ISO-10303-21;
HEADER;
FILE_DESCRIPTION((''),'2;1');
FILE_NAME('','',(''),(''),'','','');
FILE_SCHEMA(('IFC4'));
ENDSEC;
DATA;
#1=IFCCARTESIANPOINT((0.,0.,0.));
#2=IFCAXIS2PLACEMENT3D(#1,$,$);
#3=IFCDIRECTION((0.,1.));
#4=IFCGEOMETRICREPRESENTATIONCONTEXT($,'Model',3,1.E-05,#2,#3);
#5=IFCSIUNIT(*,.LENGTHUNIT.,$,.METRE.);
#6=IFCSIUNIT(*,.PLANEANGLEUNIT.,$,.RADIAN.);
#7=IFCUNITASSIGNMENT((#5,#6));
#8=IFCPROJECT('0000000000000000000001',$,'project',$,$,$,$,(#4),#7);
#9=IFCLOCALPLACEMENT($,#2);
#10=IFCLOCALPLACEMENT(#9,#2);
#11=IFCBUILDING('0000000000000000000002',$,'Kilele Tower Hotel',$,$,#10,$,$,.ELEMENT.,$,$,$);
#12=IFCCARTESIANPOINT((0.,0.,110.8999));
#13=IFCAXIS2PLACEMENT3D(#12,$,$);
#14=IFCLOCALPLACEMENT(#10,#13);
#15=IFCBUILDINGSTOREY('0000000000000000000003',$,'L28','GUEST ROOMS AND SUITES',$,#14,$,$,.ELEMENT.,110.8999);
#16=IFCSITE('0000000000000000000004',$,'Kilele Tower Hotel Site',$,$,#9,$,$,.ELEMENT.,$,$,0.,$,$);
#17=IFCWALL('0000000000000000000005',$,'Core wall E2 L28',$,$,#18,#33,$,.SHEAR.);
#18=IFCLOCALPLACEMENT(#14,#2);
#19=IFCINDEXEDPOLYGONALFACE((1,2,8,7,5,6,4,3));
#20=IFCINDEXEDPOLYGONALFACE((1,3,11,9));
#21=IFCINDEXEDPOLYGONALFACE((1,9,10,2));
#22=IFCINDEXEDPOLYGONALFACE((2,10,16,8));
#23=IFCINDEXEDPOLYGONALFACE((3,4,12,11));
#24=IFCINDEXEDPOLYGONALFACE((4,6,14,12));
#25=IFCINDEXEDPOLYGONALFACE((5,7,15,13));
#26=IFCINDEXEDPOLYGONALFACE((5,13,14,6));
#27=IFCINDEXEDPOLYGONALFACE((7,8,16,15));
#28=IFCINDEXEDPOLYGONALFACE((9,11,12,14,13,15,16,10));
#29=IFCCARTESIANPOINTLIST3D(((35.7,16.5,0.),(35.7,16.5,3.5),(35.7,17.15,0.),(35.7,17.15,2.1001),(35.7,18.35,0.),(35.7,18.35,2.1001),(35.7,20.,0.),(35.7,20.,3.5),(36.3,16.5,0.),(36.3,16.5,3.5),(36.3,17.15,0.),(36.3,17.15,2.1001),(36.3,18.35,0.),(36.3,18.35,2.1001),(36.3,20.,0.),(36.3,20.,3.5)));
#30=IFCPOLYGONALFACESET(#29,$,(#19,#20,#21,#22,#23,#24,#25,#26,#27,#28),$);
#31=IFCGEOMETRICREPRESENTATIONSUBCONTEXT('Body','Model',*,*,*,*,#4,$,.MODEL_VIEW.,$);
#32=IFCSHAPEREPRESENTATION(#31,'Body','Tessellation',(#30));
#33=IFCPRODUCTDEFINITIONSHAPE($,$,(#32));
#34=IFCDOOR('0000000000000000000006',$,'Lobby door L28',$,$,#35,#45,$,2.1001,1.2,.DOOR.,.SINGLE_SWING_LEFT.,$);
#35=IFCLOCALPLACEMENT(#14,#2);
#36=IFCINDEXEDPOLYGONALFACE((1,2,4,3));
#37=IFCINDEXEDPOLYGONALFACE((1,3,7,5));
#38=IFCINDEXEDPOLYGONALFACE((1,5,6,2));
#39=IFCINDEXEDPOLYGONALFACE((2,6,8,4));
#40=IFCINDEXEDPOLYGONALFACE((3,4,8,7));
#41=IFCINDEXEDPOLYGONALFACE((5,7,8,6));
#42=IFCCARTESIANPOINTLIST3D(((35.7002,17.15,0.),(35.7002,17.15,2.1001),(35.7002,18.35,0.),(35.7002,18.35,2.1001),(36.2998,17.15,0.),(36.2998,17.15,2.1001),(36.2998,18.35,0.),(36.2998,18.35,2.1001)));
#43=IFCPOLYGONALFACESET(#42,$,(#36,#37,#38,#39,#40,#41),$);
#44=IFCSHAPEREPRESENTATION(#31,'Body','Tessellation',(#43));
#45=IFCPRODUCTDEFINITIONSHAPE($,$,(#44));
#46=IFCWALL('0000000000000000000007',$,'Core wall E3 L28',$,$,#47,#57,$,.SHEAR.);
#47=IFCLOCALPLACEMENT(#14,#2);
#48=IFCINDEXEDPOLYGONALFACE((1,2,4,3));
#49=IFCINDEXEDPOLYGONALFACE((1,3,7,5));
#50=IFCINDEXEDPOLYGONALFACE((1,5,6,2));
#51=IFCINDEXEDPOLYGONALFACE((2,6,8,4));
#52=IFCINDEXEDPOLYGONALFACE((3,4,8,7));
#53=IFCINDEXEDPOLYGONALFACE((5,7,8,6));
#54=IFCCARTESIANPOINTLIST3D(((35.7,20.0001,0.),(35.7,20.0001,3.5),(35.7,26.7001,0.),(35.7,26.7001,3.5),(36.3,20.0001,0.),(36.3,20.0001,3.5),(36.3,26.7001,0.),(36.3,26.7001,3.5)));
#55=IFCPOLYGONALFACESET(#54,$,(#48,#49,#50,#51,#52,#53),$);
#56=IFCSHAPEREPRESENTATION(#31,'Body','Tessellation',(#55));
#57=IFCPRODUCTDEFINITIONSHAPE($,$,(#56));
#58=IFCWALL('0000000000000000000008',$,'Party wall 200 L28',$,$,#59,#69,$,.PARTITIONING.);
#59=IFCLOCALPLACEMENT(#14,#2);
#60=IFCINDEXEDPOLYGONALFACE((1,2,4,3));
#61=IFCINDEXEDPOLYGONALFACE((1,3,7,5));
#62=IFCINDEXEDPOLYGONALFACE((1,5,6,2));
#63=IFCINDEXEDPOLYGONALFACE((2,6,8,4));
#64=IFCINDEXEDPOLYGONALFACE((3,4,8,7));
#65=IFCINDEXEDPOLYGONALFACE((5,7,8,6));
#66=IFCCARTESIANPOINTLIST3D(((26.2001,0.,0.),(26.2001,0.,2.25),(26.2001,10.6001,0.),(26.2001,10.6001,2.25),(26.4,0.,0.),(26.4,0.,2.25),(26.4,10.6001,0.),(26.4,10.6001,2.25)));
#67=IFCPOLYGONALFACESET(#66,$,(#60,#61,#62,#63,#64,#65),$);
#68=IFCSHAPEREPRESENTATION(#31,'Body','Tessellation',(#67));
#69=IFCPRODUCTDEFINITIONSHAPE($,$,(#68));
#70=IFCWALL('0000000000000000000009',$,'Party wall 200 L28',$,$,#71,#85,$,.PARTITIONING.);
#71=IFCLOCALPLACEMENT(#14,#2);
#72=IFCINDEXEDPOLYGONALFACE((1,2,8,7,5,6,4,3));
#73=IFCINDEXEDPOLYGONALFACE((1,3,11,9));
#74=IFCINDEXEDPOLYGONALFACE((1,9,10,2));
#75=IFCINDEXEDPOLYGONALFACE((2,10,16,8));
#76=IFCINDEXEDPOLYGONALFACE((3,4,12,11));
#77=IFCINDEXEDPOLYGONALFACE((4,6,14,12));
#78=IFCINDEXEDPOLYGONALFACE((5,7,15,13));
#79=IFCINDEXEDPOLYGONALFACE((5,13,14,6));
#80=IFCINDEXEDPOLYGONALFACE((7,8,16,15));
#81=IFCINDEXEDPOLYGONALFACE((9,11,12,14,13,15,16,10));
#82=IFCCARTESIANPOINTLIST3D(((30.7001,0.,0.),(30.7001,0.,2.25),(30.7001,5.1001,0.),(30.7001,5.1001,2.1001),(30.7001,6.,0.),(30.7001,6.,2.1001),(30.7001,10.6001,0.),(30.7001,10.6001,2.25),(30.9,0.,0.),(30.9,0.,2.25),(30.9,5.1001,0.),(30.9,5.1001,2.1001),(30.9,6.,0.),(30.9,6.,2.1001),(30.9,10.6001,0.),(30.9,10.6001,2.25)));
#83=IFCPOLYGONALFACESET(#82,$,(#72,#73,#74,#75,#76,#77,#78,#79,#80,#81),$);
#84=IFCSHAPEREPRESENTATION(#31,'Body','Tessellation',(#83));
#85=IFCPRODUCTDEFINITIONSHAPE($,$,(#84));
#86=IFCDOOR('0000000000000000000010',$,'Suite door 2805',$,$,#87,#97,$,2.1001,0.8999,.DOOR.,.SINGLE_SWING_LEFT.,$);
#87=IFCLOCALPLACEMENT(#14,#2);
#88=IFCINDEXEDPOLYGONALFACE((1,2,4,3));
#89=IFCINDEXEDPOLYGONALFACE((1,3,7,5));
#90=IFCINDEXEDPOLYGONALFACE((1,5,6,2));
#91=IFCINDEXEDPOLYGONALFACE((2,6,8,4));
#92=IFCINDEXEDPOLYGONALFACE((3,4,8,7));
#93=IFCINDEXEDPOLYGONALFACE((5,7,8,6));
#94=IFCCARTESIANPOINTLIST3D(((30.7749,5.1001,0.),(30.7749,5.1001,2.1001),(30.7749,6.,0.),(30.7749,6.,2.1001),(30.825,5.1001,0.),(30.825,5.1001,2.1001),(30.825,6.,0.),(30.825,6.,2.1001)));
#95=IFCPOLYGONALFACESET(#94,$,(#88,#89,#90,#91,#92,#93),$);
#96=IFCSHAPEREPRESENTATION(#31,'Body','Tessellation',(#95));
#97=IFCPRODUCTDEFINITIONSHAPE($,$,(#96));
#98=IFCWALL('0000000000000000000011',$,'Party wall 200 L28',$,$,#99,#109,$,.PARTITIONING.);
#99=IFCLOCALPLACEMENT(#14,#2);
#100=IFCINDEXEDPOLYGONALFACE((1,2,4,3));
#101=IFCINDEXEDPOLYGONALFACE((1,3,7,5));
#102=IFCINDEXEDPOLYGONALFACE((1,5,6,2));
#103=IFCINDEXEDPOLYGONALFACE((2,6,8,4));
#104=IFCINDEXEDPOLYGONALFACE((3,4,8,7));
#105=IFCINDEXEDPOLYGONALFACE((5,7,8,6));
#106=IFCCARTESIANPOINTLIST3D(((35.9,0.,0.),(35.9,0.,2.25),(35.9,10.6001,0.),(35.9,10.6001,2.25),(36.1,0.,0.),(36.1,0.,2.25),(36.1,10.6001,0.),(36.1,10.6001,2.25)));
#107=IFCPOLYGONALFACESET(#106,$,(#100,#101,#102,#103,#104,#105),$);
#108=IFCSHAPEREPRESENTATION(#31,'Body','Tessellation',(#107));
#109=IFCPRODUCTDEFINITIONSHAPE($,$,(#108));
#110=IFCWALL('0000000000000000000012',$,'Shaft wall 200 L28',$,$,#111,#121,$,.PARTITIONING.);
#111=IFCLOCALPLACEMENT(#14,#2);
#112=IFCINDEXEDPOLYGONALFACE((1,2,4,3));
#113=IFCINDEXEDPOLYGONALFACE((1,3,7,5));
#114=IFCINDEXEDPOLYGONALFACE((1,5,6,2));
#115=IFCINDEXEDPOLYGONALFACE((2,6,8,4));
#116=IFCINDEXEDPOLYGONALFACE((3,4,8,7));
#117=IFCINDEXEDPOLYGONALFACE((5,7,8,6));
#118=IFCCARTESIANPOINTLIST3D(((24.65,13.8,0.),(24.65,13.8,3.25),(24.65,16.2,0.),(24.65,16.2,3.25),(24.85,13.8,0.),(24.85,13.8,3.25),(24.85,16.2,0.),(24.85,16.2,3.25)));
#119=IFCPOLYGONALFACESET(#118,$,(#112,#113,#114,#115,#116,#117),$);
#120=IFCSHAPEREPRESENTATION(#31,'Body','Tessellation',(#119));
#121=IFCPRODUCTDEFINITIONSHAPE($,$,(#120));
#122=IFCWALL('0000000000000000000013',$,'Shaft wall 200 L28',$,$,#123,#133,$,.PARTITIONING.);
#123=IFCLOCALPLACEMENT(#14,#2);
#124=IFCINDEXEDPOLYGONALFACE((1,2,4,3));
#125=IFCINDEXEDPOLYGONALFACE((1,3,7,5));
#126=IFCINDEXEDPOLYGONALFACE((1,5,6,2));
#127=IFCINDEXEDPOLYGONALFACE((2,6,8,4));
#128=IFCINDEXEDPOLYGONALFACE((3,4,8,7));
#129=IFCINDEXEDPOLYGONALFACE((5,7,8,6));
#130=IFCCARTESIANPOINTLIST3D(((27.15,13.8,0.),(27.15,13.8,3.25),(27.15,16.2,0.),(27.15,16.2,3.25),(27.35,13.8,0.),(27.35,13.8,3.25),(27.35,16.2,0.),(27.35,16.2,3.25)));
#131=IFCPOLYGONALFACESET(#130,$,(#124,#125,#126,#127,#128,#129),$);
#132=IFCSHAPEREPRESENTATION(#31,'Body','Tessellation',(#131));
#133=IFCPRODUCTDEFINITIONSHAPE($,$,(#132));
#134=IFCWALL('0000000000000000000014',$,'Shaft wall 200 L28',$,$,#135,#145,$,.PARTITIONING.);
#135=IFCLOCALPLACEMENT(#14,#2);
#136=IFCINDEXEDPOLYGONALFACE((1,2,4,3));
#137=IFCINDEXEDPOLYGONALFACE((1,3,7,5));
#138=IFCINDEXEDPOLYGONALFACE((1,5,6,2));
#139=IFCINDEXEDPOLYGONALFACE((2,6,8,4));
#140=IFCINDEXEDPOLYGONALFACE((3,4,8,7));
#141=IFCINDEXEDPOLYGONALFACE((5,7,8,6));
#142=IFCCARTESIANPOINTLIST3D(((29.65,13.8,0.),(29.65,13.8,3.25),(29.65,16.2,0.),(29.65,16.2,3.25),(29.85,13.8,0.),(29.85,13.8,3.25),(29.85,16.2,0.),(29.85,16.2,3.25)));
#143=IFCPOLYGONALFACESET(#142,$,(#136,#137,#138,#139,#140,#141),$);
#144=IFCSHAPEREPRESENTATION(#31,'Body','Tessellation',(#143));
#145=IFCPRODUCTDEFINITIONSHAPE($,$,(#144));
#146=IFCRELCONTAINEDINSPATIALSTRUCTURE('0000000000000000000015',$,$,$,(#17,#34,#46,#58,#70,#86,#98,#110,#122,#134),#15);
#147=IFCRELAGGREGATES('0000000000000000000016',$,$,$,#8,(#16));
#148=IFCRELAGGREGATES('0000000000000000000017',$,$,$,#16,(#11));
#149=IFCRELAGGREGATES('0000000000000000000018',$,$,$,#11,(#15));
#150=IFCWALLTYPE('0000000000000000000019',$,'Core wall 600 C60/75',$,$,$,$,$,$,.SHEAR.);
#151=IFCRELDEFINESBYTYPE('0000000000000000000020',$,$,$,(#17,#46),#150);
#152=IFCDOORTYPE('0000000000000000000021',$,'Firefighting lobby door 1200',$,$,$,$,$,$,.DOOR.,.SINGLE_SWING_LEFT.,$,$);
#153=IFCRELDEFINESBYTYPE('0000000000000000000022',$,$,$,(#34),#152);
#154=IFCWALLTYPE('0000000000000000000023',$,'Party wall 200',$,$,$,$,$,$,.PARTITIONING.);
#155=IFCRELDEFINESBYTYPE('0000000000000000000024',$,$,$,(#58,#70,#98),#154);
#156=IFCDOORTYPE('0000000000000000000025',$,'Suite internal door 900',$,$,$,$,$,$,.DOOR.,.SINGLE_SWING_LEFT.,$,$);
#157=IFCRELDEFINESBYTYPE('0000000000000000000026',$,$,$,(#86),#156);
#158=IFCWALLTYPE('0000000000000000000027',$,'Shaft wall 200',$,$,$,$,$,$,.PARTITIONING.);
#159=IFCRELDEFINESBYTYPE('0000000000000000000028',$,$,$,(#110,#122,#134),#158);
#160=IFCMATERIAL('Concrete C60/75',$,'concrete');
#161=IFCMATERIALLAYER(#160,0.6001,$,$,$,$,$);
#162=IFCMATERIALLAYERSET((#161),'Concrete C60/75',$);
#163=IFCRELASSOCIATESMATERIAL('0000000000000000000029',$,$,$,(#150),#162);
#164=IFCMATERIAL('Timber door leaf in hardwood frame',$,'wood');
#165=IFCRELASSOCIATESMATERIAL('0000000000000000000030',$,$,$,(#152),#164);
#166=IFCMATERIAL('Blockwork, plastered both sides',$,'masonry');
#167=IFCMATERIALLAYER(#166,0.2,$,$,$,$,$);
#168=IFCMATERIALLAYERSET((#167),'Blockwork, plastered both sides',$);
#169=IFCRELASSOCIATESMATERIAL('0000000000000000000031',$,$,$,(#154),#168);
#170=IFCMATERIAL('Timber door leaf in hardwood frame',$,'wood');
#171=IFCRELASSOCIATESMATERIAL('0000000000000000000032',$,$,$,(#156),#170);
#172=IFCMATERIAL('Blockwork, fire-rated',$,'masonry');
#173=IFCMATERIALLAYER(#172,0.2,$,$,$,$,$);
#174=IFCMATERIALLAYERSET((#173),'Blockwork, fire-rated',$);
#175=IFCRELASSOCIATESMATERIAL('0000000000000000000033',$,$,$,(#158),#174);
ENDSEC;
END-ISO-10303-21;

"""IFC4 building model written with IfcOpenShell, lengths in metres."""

from ifc_helpers import new_model, si_unit, direction, frame, frame_2d, origin, place, context, subcontext, project, spatial, rectangle, extrude, material, layer, layer_set, type_object, element, fill, save


model = new_model("IFC4")

# Units and contexts
model_context = context("Model", 3, precision=1e-05, world=origin(), true_north=direction((0.0, 1.0)))
body_context = subcontext(model_context, "Body", "Model", "MODEL_VIEW")
ifc_project = project(units=[si_unit("LENGTHUNIT", "METRE"), si_unit("PLANEANGLEUNIT", "RADIAN")], contexts=[model_context])

# Site, building, storey
site_placement = place(None, origin())
site = spatial("IfcSite", under=ifc_project, at=site_placement, Name="Kilele Tower Hotel Site", CompositionType="ELEMENT", RefElevation=0.0)
building_placement = place(site_placement, origin())
building = spatial("IfcBuilding", under=site, at=building_placement, Name="Kilele Tower Hotel", CompositionType="ELEMENT")
storey_placement = place(building_placement, frame((0.0, 0.0, 110.8999)))
storey = spatial("IfcBuildingStorey", under=building, at=storey_placement, Name="L28", Description="GUEST ROOMS AND SUITES", CompositionType="ELEMENT", Elevation=110.8999)

# Shared definitions
ifc_material_1 = material(Name="Concrete C60/75", Category="concrete")
ifc_layer_1 = layer(ifc_material_1, 0.6001)
ifc_layer_set_1 = layer_set([ifc_layer_1], Name="Concrete C60/75")
wall_type_1 = type_object("IfcWallType", Name="Core wall 600 C60/75", PredefinedType="SHEAR", material=ifc_layer_set_1)
ifc_material_2 = material(Name="Timber door leaf in hardwood frame", Category="wood")
door_type_1 = type_object("IfcDoorType", Name="Firefighting lobby door 1200", OperationType="SINGLE_SWING_LEFT", PredefinedType="DOOR", material=ifc_material_2)

# Wall, opening, door
wall_1_placement = place(storey_placement, frame((36.0, 16.5, 0.0), z_axis=(0.0, 0.0, 1.0), x_axis=(0.0, 1.0, 0.0)))
wall_1 = element("IfcWall", 1, at=wall_1_placement, inside=storey, type_object=wall_type_1, Name="Core wall E2 L28", PredefinedType="SHEAR", context=body_context, shape_type="SweptSolid", body=[
    extrude(rectangle(XDim=3.5, YDim=0.6001, at=frame_2d((1.75, 0.0))), origin(), (0.0, 0.0, 1.0), 3.5),
])
opening_1_placement = place(wall_1_placement, frame((0.6499, 0.0, 0.0)))
opening_1 = element("IfcOpeningElement", 2, at=opening_1_placement, cuts=wall_1, PredefinedType="OPENING", context=body_context, shape_type="SweptSolid", body=[
    extrude(rectangle(XDim=1.2, YDim=2.1001, at=frame_2d((0.6001, 1.05))), frame((0.0, 0.3101, 0.0), z_axis=(0.0, -1.0, 0.0), x_axis=(1.0, 0.0, 0.0)), (0.0, 0.0, 1.0), 0.6201),
])
door_1_placement = place(opening_1_placement, origin())
door_1 = element("IfcDoor", 3, at=door_1_placement, inside=storey, type_object=door_type_1, Name="Lobby door L28", OperationType="SINGLE_SWING_LEFT", OverallHeight=2.1001, OverallWidth=1.2, PredefinedType="DOOR", context=body_context, shape_type="SweptSolid", body=[
    extrude(rectangle(XDim=1.2, YDim=2.1001, at=frame_2d((0.6001, 1.05))), frame((0.0, 0.2998, 0.0), z_axis=(0.0, -1.0, 0.0), x_axis=(1.0, 0.0, 0.0)), (0.0, 0.0, 1.0), 0.5996),
])
fill(opening_1, door_1)

# Walls
wall_2_placement = place(storey_placement, frame((36.0, 20.0, 0.0), z_axis=(0.0, 0.0, 1.0), x_axis=(0.0, 1.0, 0.0)))
element("IfcWall", 4, at=wall_2_placement, inside=storey, type_object=wall_type_1, Name="Core wall E3 L28", PredefinedType="SHEAR", context=body_context, shape_type="SweptSolid", body=[
    extrude(rectangle(XDim=6.7, YDim=0.6001, at=frame_2d((3.3501, 0.0))), origin(), (0.0, 0.0, 1.0), 3.5),
])
ifc_material_3 = material(Name="Blockwork, plastered both sides", Category="masonry")
ifc_layer_2 = layer(ifc_material_3, 0.2)
ifc_layer_set_2 = layer_set([ifc_layer_2], Name="Blockwork, plastered both sides")
wall_type_2 = type_object("IfcWallType", Name="Party wall 200", PredefinedType="PARTITIONING", material=ifc_layer_set_2)
wall_3_placement = place(storey_placement, frame((26.3, 10.6001, 0.0), z_axis=(0.0, 0.0, 1.0), x_axis=(0.0, -1.0, 0.0)))
element("IfcWall", 5, at=wall_3_placement, inside=storey, type_object=wall_type_2, Name="Party wall 200 L28", PredefinedType="PARTITIONING", context=body_context, shape_type="SweptSolid", body=[
    extrude(rectangle(XDim=10.6001, YDim=0.2, at=frame_2d((5.3, 0.0))), origin(), (0.0, 0.0, 1.0), 2.25),
])

# Wall, opening, door
wall_4_placement = place(storey_placement, frame((30.8, 10.6001, 0.0), z_axis=(0.0, 0.0, 1.0), x_axis=(0.0, -1.0, 0.0)))
wall_4 = element("IfcWall", 6, at=wall_4_placement, inside=storey, type_object=wall_type_2, Name="Party wall 200 L28", PredefinedType="PARTITIONING", context=body_context, shape_type="SweptSolid", body=[
    extrude(rectangle(XDim=10.6001, YDim=0.2, at=frame_2d((5.3, 0.0))), origin(), (0.0, 0.0, 1.0), 2.25),
])
opening_2_placement = place(wall_4_placement, frame((4.6001, 0.0, 0.0)))
opening_2 = element("IfcOpeningElement", 7, at=opening_2_placement, cuts=wall_4, PredefinedType="OPENING", context=body_context, shape_type="SweptSolid", body=[
    extrude(rectangle(XDim=0.8999, YDim=2.1001, at=frame_2d((0.45, 1.05))), frame((0.0, 0.1099, 0.0), z_axis=(0.0, -1.0, 0.0), x_axis=(1.0, 0.0, 0.0)), (0.0, 0.0, 1.0), 0.22),
])
ifc_material_4 = material(Name="Timber door leaf in hardwood frame", Category="wood")
door_type_2 = type_object("IfcDoorType", Name="Suite internal door 900", OperationType="SINGLE_SWING_LEFT", PredefinedType="DOOR", material=ifc_material_4)
door_2_placement = place(opening_2_placement, origin())
door_2 = element("IfcDoor", 8, at=door_2_placement, inside=storey, type_object=door_type_2, Name="Suite door 2805", OperationType="SINGLE_SWING_LEFT", OverallHeight=2.1001, OverallWidth=0.8999, PredefinedType="DOOR", context=body_context, shape_type="SweptSolid", body=[
    extrude(rectangle(XDim=0.8999, YDim=2.1001, at=frame_2d((0.45, 1.05))), frame((0.0, 0.0249, 0.0), z_axis=(0.0, -1.0, 0.0), x_axis=(1.0, 0.0, 0.0)), (0.0, 0.0, 1.0), 0.05),
])
fill(opening_2, door_2)

# Walls
wall_5_placement = place(storey_placement, frame((36.0, 10.6001, 0.0), z_axis=(0.0, 0.0, 1.0), x_axis=(0.0, -1.0, 0.0)))
element("IfcWall", 9, at=wall_5_placement, inside=storey, type_object=wall_type_2, Name="Party wall 200 L28", PredefinedType="PARTITIONING", context=body_context, shape_type="SweptSolid", body=[
    extrude(rectangle(XDim=10.6001, YDim=0.2, at=frame_2d((5.3, 0.0))), origin(), (0.0, 0.0, 1.0), 2.25),
])
ifc_material_5 = material(Name="Blockwork, fire-rated", Category="masonry")
ifc_layer_3 = layer(ifc_material_5, 0.2)
ifc_layer_set_3 = layer_set([ifc_layer_3], Name="Blockwork, fire-rated")
wall_type_3 = type_object("IfcWallType", Name="Shaft wall 200", PredefinedType="PARTITIONING", material=ifc_layer_set_3)
for number, where, z_axis, x_axis, name in (
    (10, (24.75, 13.8, 0.0), (0.0, 0.0, 1.0), (0.0, 1.0, 0.0), "Shaft wall 200 L28"),
    (11, (27.25, 13.8, 0.0), (0.0, 0.0, 1.0), (0.0, 1.0, 0.0), "Shaft wall 200 L28"),
    (12, (29.75, 13.8, 0.0), (0.0, 0.0, 1.0), (0.0, 1.0, 0.0), "Shaft wall 200 L28"),
):
    element("IfcWall", number, at=place(storey_placement, frame(where, z_axis=z_axis, x_axis=x_axis)), inside=storey, type_object=wall_type_3, Name=name, PredefinedType="PARTITIONING", context=body_context, shape_type="SweptSolid", body=[
        extrude(rectangle(XDim=2.3999, YDim=0.2, at=frame_2d((1.2, 0.0))), origin(), (0.0, 0.0, 1.0), 3.25),
    ])

save(model, "model.ifc")
